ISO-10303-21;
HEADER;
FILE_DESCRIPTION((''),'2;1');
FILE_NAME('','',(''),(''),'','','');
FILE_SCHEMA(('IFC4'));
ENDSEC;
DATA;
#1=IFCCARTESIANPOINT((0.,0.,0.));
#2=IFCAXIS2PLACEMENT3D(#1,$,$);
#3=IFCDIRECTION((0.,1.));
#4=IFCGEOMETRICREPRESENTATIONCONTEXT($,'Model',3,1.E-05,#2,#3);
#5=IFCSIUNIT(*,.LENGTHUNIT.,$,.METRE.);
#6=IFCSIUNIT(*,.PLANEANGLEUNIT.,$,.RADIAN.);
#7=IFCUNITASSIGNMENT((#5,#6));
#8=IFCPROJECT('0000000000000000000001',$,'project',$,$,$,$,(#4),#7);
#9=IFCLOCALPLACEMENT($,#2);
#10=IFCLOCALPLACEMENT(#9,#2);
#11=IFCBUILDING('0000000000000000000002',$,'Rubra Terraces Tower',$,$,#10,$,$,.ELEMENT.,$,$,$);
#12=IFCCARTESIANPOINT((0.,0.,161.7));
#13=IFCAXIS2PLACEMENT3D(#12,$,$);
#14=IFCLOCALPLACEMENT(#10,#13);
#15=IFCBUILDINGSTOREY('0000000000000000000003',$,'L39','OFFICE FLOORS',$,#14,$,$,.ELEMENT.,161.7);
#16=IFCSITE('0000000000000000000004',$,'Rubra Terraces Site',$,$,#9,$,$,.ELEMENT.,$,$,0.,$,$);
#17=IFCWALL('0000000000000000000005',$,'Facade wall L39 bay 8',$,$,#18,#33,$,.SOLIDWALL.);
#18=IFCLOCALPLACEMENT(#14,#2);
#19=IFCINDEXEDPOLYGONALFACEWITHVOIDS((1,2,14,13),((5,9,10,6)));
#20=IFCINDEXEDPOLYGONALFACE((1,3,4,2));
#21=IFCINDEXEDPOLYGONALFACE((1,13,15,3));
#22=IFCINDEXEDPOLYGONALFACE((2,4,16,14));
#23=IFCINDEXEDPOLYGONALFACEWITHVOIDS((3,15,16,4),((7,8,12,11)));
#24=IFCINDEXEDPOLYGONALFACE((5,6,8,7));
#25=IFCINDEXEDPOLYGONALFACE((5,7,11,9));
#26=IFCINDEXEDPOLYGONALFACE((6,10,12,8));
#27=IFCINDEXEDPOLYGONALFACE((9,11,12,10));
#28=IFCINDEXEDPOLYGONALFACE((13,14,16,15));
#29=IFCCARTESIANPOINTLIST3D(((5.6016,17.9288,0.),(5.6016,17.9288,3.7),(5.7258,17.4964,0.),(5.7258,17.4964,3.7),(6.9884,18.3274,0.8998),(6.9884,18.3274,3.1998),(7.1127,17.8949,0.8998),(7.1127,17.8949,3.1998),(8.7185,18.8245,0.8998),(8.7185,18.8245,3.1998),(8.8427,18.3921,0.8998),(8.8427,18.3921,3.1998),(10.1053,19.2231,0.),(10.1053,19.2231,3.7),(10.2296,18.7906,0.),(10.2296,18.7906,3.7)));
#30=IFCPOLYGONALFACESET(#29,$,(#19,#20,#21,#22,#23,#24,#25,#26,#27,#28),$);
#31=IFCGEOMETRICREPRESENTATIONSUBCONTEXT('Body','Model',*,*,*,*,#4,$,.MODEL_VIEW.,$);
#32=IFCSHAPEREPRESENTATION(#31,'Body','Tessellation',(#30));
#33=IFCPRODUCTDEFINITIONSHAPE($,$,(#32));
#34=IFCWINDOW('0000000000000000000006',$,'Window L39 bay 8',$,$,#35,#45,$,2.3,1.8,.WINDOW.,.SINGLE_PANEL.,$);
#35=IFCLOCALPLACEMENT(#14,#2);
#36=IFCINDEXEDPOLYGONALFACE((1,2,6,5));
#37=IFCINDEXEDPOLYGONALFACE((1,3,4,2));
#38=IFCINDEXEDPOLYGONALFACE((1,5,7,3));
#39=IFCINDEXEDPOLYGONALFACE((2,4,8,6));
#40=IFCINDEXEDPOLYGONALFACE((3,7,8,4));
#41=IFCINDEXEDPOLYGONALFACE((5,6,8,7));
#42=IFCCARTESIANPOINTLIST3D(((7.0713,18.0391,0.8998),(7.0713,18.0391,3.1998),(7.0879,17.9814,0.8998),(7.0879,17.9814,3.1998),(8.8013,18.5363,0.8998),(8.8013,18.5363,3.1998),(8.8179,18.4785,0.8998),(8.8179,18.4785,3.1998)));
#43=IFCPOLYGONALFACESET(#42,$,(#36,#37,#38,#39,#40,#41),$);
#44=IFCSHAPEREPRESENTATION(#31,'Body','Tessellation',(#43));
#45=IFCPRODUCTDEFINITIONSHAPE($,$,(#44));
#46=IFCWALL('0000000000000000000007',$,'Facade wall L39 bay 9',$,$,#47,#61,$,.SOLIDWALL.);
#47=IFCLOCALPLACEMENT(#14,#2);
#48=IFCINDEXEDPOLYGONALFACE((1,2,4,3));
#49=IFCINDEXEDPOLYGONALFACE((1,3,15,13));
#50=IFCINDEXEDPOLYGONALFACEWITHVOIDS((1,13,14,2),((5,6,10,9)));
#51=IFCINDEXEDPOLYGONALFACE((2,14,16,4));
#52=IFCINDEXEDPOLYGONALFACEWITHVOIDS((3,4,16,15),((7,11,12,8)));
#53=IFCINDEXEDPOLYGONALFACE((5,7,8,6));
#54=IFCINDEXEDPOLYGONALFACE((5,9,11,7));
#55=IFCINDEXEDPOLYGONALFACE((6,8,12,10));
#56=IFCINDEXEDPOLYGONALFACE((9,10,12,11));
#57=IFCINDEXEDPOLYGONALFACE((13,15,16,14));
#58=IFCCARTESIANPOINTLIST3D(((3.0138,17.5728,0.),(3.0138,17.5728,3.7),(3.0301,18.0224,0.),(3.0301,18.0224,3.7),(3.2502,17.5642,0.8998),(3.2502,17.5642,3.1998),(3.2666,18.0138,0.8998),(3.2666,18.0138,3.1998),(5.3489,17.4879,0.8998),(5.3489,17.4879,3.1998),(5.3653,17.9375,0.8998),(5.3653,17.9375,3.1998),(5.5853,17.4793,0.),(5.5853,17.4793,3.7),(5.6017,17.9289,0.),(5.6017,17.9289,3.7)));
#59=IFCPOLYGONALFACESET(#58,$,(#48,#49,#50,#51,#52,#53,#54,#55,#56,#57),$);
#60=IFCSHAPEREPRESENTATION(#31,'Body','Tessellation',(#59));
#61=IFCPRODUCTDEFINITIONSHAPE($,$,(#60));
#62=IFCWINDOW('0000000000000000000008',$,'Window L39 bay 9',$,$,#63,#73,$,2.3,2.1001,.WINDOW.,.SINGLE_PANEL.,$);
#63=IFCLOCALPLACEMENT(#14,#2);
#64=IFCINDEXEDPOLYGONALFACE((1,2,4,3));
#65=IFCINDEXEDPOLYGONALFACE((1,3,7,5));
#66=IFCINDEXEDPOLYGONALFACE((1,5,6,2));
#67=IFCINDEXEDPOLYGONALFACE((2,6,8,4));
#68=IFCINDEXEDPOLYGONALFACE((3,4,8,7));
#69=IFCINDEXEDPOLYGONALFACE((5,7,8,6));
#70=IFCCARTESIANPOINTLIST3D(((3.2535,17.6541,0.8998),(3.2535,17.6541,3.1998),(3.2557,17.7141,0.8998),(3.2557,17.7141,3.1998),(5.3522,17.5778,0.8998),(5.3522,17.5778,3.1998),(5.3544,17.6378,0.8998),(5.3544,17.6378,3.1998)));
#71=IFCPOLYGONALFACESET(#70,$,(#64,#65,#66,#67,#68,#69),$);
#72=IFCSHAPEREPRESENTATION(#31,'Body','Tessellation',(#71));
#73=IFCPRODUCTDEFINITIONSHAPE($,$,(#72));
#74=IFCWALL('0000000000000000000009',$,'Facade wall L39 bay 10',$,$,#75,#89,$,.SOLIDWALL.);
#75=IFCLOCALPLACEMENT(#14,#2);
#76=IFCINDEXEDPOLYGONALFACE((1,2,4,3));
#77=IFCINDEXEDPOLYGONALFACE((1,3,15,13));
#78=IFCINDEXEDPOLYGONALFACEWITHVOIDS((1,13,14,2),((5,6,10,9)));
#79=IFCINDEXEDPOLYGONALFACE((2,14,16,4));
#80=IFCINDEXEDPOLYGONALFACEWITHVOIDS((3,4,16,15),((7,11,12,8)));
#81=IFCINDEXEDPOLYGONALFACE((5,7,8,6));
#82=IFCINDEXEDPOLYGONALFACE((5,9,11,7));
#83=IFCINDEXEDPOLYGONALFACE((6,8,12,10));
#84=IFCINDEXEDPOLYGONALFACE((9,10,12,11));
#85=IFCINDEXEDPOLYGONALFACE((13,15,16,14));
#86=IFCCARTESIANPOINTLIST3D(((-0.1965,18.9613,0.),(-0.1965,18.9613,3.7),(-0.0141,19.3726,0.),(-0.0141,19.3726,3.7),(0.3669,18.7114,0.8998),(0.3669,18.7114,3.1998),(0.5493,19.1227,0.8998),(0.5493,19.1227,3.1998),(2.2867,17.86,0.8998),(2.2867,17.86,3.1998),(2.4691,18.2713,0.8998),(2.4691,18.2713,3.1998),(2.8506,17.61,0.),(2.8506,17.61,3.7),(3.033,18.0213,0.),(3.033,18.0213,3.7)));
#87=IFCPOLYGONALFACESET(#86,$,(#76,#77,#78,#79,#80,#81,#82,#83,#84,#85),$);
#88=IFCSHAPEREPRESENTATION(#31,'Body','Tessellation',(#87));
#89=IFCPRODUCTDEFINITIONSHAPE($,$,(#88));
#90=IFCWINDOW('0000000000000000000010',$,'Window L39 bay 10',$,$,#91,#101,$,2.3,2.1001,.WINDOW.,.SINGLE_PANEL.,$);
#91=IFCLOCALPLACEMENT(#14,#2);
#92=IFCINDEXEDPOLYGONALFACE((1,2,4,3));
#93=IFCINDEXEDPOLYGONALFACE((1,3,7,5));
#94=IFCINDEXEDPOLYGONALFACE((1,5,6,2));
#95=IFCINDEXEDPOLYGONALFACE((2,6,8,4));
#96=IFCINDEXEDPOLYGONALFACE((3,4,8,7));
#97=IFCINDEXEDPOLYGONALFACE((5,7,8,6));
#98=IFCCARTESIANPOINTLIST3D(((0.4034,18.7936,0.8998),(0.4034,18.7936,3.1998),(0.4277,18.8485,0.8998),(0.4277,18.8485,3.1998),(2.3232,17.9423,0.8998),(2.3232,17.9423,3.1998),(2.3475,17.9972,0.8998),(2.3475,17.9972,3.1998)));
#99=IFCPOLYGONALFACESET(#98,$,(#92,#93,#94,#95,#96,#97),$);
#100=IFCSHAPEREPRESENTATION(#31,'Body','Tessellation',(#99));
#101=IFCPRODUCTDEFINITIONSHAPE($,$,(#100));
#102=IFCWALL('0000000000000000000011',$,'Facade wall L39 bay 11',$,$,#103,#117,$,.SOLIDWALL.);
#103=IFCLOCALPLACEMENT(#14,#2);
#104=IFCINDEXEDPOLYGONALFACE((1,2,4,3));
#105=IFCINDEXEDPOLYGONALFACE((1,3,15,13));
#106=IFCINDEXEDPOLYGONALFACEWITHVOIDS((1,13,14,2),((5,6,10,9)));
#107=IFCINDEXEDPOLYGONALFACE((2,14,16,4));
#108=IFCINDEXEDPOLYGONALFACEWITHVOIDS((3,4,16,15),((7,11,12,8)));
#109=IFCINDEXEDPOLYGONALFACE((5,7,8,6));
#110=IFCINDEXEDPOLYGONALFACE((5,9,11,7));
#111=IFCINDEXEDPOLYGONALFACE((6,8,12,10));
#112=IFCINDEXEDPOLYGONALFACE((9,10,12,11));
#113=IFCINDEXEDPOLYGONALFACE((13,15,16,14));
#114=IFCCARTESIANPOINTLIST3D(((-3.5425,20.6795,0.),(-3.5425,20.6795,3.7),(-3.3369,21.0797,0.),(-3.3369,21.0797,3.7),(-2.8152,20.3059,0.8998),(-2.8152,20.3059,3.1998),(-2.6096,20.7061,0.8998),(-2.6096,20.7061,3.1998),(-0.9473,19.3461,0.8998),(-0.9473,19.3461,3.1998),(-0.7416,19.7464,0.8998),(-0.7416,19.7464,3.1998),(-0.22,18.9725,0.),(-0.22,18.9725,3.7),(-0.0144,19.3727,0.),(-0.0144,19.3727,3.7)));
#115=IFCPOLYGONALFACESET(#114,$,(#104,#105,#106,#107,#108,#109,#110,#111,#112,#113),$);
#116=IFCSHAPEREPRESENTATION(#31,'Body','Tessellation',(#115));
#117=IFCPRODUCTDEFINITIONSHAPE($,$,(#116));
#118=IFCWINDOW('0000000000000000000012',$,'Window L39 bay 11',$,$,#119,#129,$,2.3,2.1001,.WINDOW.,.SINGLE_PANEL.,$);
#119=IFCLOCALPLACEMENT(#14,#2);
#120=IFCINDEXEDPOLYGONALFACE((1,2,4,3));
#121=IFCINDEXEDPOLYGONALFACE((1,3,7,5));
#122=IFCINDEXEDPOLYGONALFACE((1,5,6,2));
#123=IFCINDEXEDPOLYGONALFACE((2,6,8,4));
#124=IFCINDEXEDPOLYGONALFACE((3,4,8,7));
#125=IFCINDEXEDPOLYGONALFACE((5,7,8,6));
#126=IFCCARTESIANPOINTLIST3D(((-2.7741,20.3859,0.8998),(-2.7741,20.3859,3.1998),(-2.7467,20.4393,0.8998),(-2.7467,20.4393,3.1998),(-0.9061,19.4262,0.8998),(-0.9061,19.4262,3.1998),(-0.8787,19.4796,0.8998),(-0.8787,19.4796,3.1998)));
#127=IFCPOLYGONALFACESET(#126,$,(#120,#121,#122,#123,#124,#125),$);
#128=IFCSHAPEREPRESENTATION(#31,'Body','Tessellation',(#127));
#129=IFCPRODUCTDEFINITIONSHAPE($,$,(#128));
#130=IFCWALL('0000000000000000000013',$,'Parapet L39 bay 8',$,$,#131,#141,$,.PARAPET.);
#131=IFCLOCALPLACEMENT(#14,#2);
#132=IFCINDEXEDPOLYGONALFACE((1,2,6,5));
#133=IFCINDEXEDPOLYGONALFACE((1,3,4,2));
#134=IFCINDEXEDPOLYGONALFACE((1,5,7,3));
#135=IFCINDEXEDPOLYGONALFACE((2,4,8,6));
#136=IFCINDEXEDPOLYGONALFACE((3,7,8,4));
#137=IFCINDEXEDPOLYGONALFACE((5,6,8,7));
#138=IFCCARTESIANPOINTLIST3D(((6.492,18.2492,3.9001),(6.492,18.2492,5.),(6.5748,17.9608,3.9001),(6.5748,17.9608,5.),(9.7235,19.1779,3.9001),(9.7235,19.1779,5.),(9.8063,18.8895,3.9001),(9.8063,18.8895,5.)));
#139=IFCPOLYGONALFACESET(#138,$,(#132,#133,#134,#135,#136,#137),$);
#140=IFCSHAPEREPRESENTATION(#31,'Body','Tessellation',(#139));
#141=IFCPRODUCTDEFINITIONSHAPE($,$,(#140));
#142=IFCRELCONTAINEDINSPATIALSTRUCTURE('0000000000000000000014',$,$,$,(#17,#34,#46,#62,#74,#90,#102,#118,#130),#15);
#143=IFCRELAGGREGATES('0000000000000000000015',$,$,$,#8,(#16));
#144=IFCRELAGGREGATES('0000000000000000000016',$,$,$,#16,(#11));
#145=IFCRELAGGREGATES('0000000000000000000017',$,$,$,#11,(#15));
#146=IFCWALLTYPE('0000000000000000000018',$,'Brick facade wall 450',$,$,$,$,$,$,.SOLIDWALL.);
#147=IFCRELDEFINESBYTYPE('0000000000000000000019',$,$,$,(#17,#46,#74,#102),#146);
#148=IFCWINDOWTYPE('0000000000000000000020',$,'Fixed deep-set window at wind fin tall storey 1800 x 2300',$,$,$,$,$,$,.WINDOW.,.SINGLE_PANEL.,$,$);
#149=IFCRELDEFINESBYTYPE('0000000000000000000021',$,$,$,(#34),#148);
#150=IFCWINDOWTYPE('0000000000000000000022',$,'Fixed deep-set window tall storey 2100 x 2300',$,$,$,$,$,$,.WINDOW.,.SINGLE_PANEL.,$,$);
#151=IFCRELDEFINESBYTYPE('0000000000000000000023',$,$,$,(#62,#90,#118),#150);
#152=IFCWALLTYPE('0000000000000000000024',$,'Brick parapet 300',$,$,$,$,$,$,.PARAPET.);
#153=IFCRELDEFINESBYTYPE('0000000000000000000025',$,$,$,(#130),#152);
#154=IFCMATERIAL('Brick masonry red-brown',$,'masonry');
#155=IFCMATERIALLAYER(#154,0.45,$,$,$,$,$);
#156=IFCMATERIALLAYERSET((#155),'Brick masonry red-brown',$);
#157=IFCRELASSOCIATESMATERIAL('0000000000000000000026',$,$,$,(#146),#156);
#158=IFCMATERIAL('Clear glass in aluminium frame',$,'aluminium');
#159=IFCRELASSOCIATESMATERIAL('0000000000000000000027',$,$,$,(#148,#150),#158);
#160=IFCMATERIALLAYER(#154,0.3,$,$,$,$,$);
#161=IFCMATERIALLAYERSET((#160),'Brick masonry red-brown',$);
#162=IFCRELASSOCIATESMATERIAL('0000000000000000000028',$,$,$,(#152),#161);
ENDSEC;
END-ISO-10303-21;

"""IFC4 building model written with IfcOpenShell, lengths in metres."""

from ifc_helpers import new_model, si_unit, direction, frame, frame_2d, origin, place, context, subcontext, project, spatial, rectangle, extrude, material, layer, layer_set, type_object, element, fill, save


model = new_model("IFC4")

# Units and contexts
model_context = context("Model", 3, precision=1e-05, world=origin(), true_north=direction((0.0, 1.0)))
body_context = subcontext(model_context, "Body", "Model", "MODEL_VIEW")
ifc_project = project(units=[si_unit("LENGTHUNIT", "METRE"), si_unit("PLANEANGLEUNIT", "RADIAN")], contexts=[model_context])

# Site, building, storey
site_placement = place(None, origin())
site = spatial("IfcSite", under=ifc_project, at=site_placement, Name="Rubra Terraces Site", CompositionType="ELEMENT", RefElevation=0.0)
building_placement = place(site_placement, origin())
building = spatial("IfcBuilding", under=site, at=building_placement, Name="Rubra Terraces Tower", CompositionType="ELEMENT")
storey_placement = place(building_placement, frame((0.0, 0.0, 161.7)))
storey = spatial("IfcBuildingStorey", under=building, at=storey_placement, Name="L39", Description="OFFICE FLOORS", CompositionType="ELEMENT", Elevation=161.7)

# Walls, openings, windows
ifc_material_1 = material(Name="Brick masonry red-brown", Category="masonry")
ifc_layer_1 = layer(ifc_material_1, 0.45)
ifc_layer_set_1 = layer_set([ifc_layer_1], Name="Brick masonry red-brown")
wall_type_1 = type_object("IfcWallType", Name="Brick facade wall 450", PredefinedType="SOLIDWALL", material=ifc_layer_set_1)
wall_1_placement = place(storey_placement, frame((10.1675, 19.0068, 0.0), z_axis=(0.0, 0.0, 1.0), x_axis=(-0.961104, -0.276187, 0.0)))
wall_1 = element("IfcWall", 1, at=wall_1_placement, inside=storey, type_object=wall_type_1, Name="Facade wall L39 bay 8", PredefinedType="SOLIDWALL", context=body_context, shape_type="SweptSolid", body=[
    extrude(rectangle(XDim=4.686, YDim=0.45, at=frame_2d((2.343, 0.0))), origin(), (0.0, 0.0, 1.0), 3.7),
])
opening_1_placement = place(wall_1_placement, frame((1.4431, 0.0, 0.8999)))
opening_1 = element("IfcOpeningElement", 2, at=opening_1_placement, cuts=wall_1, PredefinedType="OPENING", context=body_context, shape_type="SweptSolid", body=[
    extrude(rectangle(XDim=1.8, YDim=2.3, at=frame_2d((0.8999, 1.1499))), frame((0.0, 0.2349, 0.0), z_axis=(0.0, -1.0, 0.0), x_axis=(1.0, 0.0, 0.0)), (0.0, 0.0, 1.0), 0.47),
])
ifc_material_2 = material(Name="Clear glass in aluminium frame", Category="aluminium")
window_type_1 = type_object("IfcWindowType", Name="Fixed deep-set window at wind fin tall storey 1800 x 2300", PartitioningType="SINGLE_PANEL", PredefinedType="WINDOW", material=ifc_material_2)
window_1_placement = place(opening_1_placement, origin())
window_1 = element("IfcWindow", 3, at=window_1_placement, inside=storey, type_object=window_type_1, Name="Window L39 bay 8", OverallHeight=2.3, OverallWidth=1.8, PartitioningType="SINGLE_PANEL", PredefinedType="WINDOW", context=body_context, shape_type="SweptSolid", body=[
    extrude(rectangle(XDim=1.8, YDim=2.3, at=frame_2d((0.8999, 1.1499))), frame((0.0, 0.135, 0.0), z_axis=(0.0, -1.0, 0.0), x_axis=(1.0, 0.0, 0.0)), (0.0, 0.0, 1.0), 0.0601),
])
fill(opening_1, window_1)
wall_2_placement = place(storey_placement, frame((5.5935, 17.7041, 0.0), z_axis=(0.0, 0.0, 1.0), x_axis=(-0.99934, 0.036338, 0.0)))
wall_2 = element("IfcWall", 4, at=wall_2_placement, inside=storey, type_object=wall_type_1, Name="Facade wall L39 bay 9", PredefinedType="SOLIDWALL", context=body_context, shape_type="SweptSolid", body=[
    extrude(rectangle(XDim=2.5732, YDim=0.45, at=frame_2d((1.2866, 0.0))), origin(), (0.0, 0.0, 1.0), 3.7),
])
opening_2_placement = place(wall_2_placement, frame((0.2366, 0.0, 0.8999)))
opening_2 = element("IfcOpeningElement", 5, at=opening_2_placement, cuts=wall_2, PredefinedType="OPENING", context=body_context, shape_type="SweptSolid", body=[
    extrude(rectangle(XDim=2.1001, YDim=2.3, at=frame_2d((1.05, 1.1499))), frame((0.0, 0.2349, 0.0), z_axis=(0.0, -1.0, 0.0), x_axis=(1.0, 0.0, 0.0)), (0.0, 0.0, 1.0), 0.47),
])
window_type_2 = type_object("IfcWindowType", Name="Fixed deep-set window tall storey 2100 x 2300", PartitioningType="SINGLE_PANEL", PredefinedType="WINDOW", material=ifc_material_2)
window_2_placement = place(opening_2_placement, origin())
window_2 = element("IfcWindow", 6, at=window_2_placement, inside=storey, type_object=window_type_2, Name="Window L39 bay 9", OverallHeight=2.3, OverallWidth=2.1001, PartitioningType="SINGLE_PANEL", PredefinedType="WINDOW", context=body_context, shape_type="SweptSolid", body=[
    extrude(rectangle(XDim=2.1001, YDim=2.3, at=frame_2d((1.05, 1.1499))), frame((0.0, 0.135, 0.0), z_axis=(0.0, -1.0, 0.0), x_axis=(1.0, 0.0, 0.0)), (0.0, 0.0, 1.0), 0.0601),
])
fill(opening_2, window_2)
wall_3_placement = place(storey_placement, frame((2.9417, 17.8157, 0.0), z_axis=(0.0, 0.0, 1.0), x_axis=(-0.91414, 0.405398, 0.0)))
wall_3 = element("IfcWall", 7, at=wall_3_placement, inside=storey, type_object=wall_type_1, Name="Facade wall L39 bay 10", PredefinedType="SOLIDWALL", context=body_context, shape_type="SweptSolid", body=[
    extrude(rectangle(XDim=3.3333, YDim=0.45, at=frame_2d((1.6665, 0.0))), origin(), (0.0, 0.0, 1.0), 3.7),
])
opening_3_placement = place(wall_3_placement, frame((0.6167, 0.0, 0.8999)))
opening_3 = element("IfcOpeningElement", 8, at=opening_3_placement, cuts=wall_3, PredefinedType="OPENING", context=body_context, shape_type="SweptSolid", body=[
    extrude(rectangle(XDim=2.1001, YDim=2.3, at=frame_2d((1.05, 1.1499))), frame((0.0, 0.2349, 0.0), z_axis=(0.0, -1.0, 0.0), x_axis=(1.0, 0.0, 0.0)), (0.0, 0.0, 1.0), 0.47),
])
window_3_placement = place(opening_3_placement, origin())
window_3 = element("IfcWindow", 9, at=window_3_placement, inside=storey, type_object=window_type_2, Name="Window L39 bay 10", OverallHeight=2.3, OverallWidth=2.1001, PartitioningType="SINGLE_PANEL", PredefinedType="WINDOW", context=body_context, shape_type="SweptSolid", body=[
    extrude(rectangle(XDim=2.1001, YDim=2.3, at=frame_2d((1.05, 1.1499))), frame((0.0, 0.135, 0.0), z_axis=(0.0, -1.0, 0.0), x_axis=(1.0, 0.0, 0.0)), (0.0, 0.0, 1.0), 0.0601),
])
fill(opening_3, window_3)
wall_4_placement = place(storey_placement, frame((-0.1172, 19.1726, 0.0), z_axis=(0.0, 0.0, 1.0), x_axis=(-0.889472, 0.456991, 0.0)))
wall_4 = element("IfcWall", 10, at=wall_4_placement, inside=storey, type_object=wall_type_1, Name="Facade wall L39 bay 11", PredefinedType="SOLIDWALL", context=body_context, shape_type="SweptSolid", body=[
    extrude(rectangle(XDim=3.7354, YDim=0.45, at=frame_2d((1.8677, 0.0))), origin(), (0.0, 0.0, 1.0), 3.7),
])
opening_4_placement = place(wall_4_placement, frame((0.8176, 0.0, 0.8999)))
opening_4 = element("IfcOpeningElement", 11, at=opening_4_placement, cuts=wall_4, PredefinedType="OPENING", context=body_context, shape_type="SweptSolid", body=[
    extrude(rectangle(XDim=2.1001, YDim=2.3, at=frame_2d((1.05, 1.1499))), frame((0.0, 0.2349, 0.0), z_axis=(0.0, -1.0, 0.0), x_axis=(1.0, 0.0, 0.0)), (0.0, 0.0, 1.0), 0.47),
])
window_4_placement = place(opening_4_placement, origin())
window_4 = element("IfcWindow", 12, at=window_4_placement, inside=storey, type_object=window_type_2, Name="Window L39 bay 11", OverallHeight=2.3, OverallWidth=2.1001, PartitioningType="SINGLE_PANEL", PredefinedType="WINDOW", context=body_context, shape_type="SweptSolid", body=[
    extrude(rectangle(XDim=2.1001, YDim=2.3, at=frame_2d((1.05, 1.1499))), frame((0.0, 0.135, 0.0), z_axis=(0.0, -1.0, 0.0), x_axis=(1.0, 0.0, 0.0)), (0.0, 0.0, 1.0), 0.0601),
])
fill(opening_4, window_4)

# Wall
ifc_layer_2 = layer(ifc_material_1, 0.3)
ifc_layer_set_2 = layer_set([ifc_layer_2], Name="Brick masonry red-brown")
wall_type_2 = type_object("IfcWallType", Name="Brick parapet 300", PredefinedType="PARAPET", material=ifc_layer_set_2)
wall_5_placement = place(storey_placement, frame((9.7649, 19.0337, 3.9001), z_axis=(0.0, 0.0, 1.0), x_axis=(-0.961095, -0.276217, 0.0)))
element("IfcWall", 13, at=wall_5_placement, inside=storey, type_object=wall_type_2, Name="Parapet L39 bay 8", PredefinedType="PARAPET", context=body_context, shape_type="SweptSolid", body=[
    extrude(rectangle(XDim=3.3623, YDim=0.3, at=frame_2d((1.6812, 0.0))), origin(), (0.0, 0.0, 1.0), 1.0999),
])

save(model, "model.ifc")
